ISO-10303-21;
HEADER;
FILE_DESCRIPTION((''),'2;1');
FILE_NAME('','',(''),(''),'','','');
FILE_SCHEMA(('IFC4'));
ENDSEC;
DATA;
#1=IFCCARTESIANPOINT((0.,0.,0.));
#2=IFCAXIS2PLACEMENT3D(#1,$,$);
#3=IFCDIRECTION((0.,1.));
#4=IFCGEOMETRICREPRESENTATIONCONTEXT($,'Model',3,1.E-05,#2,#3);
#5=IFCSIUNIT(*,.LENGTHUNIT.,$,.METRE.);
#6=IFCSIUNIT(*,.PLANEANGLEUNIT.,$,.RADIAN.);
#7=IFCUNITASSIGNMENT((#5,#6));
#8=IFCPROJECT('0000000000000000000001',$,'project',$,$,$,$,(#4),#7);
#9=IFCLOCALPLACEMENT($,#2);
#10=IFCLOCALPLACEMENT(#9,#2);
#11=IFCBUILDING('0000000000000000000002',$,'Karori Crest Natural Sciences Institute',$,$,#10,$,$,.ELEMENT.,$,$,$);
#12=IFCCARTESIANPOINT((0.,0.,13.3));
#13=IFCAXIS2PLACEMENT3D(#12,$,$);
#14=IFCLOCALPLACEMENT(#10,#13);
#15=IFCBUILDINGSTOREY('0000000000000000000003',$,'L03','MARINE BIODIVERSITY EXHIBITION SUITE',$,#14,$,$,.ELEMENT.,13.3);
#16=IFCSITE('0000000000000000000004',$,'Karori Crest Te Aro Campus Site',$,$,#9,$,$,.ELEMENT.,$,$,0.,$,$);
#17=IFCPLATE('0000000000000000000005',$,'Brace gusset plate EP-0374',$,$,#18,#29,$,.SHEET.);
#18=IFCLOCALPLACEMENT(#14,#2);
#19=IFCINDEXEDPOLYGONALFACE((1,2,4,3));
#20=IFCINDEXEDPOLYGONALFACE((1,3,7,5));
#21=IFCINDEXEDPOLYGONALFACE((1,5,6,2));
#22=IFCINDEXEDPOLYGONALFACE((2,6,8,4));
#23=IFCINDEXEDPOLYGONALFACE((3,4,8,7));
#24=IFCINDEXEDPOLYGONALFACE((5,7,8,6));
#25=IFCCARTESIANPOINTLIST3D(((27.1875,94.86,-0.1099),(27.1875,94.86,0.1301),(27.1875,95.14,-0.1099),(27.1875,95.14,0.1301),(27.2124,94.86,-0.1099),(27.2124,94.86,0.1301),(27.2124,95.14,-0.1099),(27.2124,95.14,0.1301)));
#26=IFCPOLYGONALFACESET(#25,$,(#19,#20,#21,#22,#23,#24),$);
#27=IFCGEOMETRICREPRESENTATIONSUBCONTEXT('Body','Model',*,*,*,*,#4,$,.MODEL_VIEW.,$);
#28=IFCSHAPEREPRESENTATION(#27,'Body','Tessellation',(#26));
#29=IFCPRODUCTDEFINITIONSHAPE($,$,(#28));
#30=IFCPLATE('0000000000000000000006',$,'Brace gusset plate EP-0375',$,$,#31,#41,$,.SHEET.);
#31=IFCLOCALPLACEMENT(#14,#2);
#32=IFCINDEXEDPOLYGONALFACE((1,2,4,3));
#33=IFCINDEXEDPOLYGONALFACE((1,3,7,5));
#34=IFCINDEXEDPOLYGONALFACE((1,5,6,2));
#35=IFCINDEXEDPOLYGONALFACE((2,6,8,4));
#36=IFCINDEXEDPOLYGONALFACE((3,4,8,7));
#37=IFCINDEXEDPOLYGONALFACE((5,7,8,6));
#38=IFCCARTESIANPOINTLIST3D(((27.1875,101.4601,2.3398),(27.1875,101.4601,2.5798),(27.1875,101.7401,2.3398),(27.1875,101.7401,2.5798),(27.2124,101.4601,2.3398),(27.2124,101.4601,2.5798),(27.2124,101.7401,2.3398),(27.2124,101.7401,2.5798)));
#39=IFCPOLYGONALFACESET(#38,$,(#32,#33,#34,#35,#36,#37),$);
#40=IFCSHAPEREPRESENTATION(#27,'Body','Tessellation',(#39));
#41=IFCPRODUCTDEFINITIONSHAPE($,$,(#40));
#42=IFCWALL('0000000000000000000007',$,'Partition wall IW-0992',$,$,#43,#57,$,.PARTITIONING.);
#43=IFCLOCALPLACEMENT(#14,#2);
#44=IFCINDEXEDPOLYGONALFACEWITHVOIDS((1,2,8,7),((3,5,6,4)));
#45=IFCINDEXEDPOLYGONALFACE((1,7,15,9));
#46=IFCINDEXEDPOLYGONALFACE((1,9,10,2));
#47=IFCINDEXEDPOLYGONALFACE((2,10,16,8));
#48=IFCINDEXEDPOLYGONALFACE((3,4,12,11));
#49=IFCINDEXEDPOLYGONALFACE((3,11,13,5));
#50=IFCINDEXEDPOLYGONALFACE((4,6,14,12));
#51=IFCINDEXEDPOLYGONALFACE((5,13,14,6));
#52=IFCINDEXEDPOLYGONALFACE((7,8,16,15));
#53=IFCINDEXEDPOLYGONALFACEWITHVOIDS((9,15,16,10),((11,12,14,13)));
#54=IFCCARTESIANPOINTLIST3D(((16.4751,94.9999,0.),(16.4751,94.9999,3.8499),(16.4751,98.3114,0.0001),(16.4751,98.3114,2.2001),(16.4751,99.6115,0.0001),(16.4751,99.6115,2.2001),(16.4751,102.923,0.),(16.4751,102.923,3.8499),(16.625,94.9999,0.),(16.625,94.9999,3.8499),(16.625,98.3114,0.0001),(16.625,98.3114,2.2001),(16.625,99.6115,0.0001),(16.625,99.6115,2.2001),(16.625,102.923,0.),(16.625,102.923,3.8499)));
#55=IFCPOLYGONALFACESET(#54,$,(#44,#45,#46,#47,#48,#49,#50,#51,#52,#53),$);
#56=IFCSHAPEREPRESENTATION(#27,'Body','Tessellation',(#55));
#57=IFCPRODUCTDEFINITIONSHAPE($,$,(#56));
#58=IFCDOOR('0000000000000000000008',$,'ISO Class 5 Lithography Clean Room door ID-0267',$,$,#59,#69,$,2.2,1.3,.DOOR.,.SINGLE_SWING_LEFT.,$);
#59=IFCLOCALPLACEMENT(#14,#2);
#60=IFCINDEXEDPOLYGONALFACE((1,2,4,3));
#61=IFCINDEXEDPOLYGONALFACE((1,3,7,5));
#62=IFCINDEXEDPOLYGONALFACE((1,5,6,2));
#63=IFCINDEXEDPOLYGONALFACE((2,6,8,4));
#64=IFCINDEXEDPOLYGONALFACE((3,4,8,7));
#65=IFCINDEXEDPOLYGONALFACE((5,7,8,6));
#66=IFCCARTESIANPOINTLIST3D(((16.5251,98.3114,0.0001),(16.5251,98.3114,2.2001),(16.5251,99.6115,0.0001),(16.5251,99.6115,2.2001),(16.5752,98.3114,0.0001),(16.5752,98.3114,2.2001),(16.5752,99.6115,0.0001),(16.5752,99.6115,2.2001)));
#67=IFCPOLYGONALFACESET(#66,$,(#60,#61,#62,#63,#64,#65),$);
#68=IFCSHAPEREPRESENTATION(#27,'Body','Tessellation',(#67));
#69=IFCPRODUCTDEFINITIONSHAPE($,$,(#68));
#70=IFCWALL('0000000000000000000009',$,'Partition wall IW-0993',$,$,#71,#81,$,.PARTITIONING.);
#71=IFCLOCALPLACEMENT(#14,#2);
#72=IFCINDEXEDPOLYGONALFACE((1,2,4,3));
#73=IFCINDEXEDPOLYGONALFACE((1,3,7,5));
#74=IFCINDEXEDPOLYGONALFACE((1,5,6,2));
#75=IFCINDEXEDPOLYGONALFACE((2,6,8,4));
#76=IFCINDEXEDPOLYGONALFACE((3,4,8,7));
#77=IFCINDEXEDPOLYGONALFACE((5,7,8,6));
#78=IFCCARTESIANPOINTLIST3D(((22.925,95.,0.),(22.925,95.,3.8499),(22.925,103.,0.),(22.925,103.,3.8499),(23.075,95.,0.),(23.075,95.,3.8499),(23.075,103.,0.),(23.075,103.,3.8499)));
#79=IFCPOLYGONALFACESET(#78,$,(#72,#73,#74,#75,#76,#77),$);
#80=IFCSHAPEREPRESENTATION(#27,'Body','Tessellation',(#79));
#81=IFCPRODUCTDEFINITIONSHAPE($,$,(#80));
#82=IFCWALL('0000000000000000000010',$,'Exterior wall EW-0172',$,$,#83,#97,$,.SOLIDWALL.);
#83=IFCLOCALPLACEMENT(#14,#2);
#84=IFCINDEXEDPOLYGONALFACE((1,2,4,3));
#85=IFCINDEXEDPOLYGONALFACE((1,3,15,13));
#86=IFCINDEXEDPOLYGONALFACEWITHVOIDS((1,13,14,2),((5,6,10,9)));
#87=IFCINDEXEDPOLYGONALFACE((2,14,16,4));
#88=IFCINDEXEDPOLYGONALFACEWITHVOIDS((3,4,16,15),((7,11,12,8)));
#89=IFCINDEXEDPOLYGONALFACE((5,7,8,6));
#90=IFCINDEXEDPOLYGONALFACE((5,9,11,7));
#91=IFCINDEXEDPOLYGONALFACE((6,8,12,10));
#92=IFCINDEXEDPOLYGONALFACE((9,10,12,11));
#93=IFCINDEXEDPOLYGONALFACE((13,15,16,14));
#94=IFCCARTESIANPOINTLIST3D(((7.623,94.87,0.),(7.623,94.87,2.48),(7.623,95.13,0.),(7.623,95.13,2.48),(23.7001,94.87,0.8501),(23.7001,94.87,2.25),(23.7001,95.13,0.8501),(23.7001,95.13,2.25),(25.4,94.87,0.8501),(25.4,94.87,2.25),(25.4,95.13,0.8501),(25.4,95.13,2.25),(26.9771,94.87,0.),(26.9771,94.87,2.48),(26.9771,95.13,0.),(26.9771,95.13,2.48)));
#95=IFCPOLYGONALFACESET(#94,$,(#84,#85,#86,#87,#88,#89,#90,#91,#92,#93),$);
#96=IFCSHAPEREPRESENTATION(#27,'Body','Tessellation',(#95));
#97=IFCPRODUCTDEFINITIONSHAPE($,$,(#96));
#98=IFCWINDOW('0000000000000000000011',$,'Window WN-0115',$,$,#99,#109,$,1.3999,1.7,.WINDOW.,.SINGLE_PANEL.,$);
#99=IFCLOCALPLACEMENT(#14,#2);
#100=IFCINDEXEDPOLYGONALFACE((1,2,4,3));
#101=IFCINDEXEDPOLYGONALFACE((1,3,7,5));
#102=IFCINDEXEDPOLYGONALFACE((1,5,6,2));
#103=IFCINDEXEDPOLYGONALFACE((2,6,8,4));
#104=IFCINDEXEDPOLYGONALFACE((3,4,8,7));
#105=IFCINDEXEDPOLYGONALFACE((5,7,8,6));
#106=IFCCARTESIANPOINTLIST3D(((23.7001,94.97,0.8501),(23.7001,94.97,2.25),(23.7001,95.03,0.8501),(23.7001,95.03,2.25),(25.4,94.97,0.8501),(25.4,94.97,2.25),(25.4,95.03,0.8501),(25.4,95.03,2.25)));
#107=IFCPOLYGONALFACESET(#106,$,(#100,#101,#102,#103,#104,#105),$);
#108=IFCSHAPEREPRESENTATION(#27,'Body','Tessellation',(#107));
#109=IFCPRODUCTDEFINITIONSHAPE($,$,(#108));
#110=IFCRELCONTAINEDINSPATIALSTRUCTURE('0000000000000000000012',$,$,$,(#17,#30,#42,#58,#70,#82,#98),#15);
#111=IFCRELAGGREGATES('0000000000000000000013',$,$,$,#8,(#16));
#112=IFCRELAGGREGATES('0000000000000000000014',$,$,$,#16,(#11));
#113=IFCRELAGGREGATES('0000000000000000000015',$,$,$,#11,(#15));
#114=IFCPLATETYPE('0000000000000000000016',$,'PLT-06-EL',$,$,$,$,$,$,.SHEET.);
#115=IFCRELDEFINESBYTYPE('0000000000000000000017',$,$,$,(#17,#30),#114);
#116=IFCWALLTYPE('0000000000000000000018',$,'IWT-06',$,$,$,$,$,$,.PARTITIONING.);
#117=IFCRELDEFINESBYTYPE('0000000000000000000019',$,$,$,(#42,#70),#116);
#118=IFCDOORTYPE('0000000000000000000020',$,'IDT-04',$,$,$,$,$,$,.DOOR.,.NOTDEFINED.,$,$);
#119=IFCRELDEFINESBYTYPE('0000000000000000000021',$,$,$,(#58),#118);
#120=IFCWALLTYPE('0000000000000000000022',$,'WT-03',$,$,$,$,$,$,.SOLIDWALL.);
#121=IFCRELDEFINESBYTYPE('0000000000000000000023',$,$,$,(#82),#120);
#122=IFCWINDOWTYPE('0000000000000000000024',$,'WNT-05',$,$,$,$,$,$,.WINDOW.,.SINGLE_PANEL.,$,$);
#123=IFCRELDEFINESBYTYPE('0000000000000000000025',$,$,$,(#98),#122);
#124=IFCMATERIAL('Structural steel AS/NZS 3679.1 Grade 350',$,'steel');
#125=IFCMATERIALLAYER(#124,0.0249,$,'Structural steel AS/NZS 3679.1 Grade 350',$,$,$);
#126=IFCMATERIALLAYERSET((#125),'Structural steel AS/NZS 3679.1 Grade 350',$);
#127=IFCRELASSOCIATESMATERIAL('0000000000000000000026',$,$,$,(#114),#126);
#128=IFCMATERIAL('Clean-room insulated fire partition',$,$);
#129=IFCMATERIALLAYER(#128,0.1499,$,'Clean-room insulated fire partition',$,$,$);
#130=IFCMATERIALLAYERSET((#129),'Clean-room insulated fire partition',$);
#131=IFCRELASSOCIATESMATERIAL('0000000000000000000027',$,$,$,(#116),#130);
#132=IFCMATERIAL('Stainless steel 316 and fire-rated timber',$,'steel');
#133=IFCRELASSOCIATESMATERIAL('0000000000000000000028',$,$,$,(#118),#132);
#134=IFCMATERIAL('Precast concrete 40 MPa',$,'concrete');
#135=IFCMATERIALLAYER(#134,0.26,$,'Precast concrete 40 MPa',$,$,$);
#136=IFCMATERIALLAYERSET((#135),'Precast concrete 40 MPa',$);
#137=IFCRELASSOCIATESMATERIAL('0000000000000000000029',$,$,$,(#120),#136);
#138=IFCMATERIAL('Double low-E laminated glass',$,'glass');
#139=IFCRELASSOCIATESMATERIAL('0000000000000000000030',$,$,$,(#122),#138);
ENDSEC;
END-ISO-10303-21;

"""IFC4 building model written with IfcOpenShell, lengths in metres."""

from ifc_helpers import new_model, si_unit, direction, frame, frame_2d, origin, origin_2d, place, context, subcontext, project, spatial, rectangle, extrude, material, layer, layer_set, type_object, element, fill, save


model = new_model("IFC4")

# Units and contexts
model_context = context("Model", 3, precision=1e-05, world=origin(), true_north=direction((0.0, 1.0)))
body_context = subcontext(model_context, "Body", "Model", "MODEL_VIEW")
ifc_project = project(units=[si_unit("LENGTHUNIT", "METRE"), si_unit("PLANEANGLEUNIT", "RADIAN")], contexts=[model_context])

# Site, building, storey
site_placement = place(None, origin())
site = spatial("IfcSite", under=ifc_project, at=site_placement, Name="Karori Crest Te Aro Campus Site", CompositionType="ELEMENT", RefElevation=0.0)
building_placement = place(site_placement, origin())
building = spatial("IfcBuilding", under=site, at=building_placement, Name="Karori Crest Natural Sciences Institute", CompositionType="ELEMENT")
storey_placement = place(building_placement, frame((0.0, 0.0, 13.3)))
storey = spatial("IfcBuildingStorey", under=building, at=storey_placement, Name="L03", Description="MARINE BIODIVERSITY EXHIBITION SUITE", CompositionType="ELEMENT", Elevation=13.3)

# Plates
ifc_material_1 = material(Name="Structural steel AS/NZS 3679.1 Grade 350", Category="steel")
ifc_layer_1 = layer(ifc_material_1, 0.0249, Name="Structural steel AS/NZS 3679.1 Grade 350")
ifc_layer_set_1 = layer_set([ifc_layer_1], Name="Structural steel AS/NZS 3679.1 Grade 350")
plate_type = type_object("IfcPlateType", Name="PLT-06-EL", PredefinedType="SHEET", material=ifc_layer_set_1)
for number, where, z_axis, x_axis, name in (
    (1, (27.2, 95.0, -0.1099), (0.0, 0.0, 1.0), (0.0, 1.0, 0.0), "Brace gusset plate EP-0374"),
    (2, (27.2, 101.6001, 2.3398), (0.0, 0.0, 1.0), (0.0, 1.0, 0.0), "Brace gusset plate EP-0375"),
):
    element("IfcPlate", number, at=place(storey_placement, frame(where, z_axis=z_axis, x_axis=x_axis)), inside=storey, type_object=plate_type, Name=name, PredefinedType="SHEET", context=body_context, shape_type="SweptSolid", body=[
        extrude(rectangle(XDim=0.28, YDim=0.0249, at=origin_2d()), origin(), (0.0, 0.0, 1.0), 0.24),
    ])

# Wall, opening, door
ifc_material_2 = material(Name="Clean-room insulated fire partition")
ifc_layer_2 = layer(ifc_material_2, 0.1499, Name="Clean-room insulated fire partition")
ifc_layer_set_2 = layer_set([ifc_layer_2], Name="Clean-room insulated fire partition")
wall_type_1 = type_object("IfcWallType", Name="IWT-06", PredefinedType="PARTITIONING", material=ifc_layer_set_2)
wall_1_placement = place(storey_placement, frame((16.55, 95.0, 0.0), z_axis=(0.0, 0.0, 1.0), x_axis=(0.0, 1.0, 0.0)))
wall_1 = element("IfcWall", 3, at=wall_1_placement, inside=storey, type_object=wall_type_1, Name="Partition wall IW-0992", PredefinedType="PARTITIONING", context=body_context, shape_type="SweptSolid", body=[
    extrude(rectangle(XDim=7.9231, YDim=0.1499, at=frame_2d((3.9614, 0.0))), origin(), (0.0, 0.0, 1.0), 3.8499),
])
opening_1_placement = place(wall_1_placement, frame((3.3115, 0.0, 0.0)))
opening_1 = element("IfcOpeningElement", 4, at=opening_1_placement, cuts=wall_1, PredefinedType="OPENING", context=body_context, shape_type="SweptSolid", body=[
    extrude(rectangle(XDim=1.3, YDim=2.2, at=frame_2d((0.6499, 1.1001))), frame((0.0, 0.085, 0.0), z_axis=(0.0, -1.0, 0.0), x_axis=(1.0, 0.0, 0.0)), (0.0, 0.0, 1.0), 0.1699),
])
ifc_material_3 = material(Name="Stainless steel 316 and fire-rated timber", Category="steel")
door_type = type_object("IfcDoorType", Name="IDT-04", OperationType="NOTDEFINED", PredefinedType="DOOR", material=ifc_material_3)
door_placement = place(opening_1_placement, origin())
door = element("IfcDoor", 5, at=door_placement, inside=storey, type_object=door_type, Name="ISO Class 5 Lithography Clean Room door ID-0267", OperationType="SINGLE_SWING_LEFT", OverallHeight=2.2, OverallWidth=1.3, PredefinedType="DOOR", context=body_context, shape_type="SweptSolid", body=[
    extrude(rectangle(XDim=1.3, YDim=2.2, at=frame_2d((0.6499, 1.1001))), frame((0.0, 0.0249, 0.0), z_axis=(0.0, -1.0, 0.0), x_axis=(1.0, 0.0, 0.0)), (0.0, 0.0, 1.0), 0.05),
])
fill(opening_1, door)

# Wall
wall_2_placement = place(storey_placement, frame((23.0, 95.0, 0.0), z_axis=(0.0, 0.0, 1.0), x_axis=(0.0, 1.0, 0.0)))
element("IfcWall", 6, at=wall_2_placement, inside=storey, type_object=wall_type_1, Name="Partition wall IW-0993", PredefinedType="PARTITIONING", context=body_context, shape_type="SweptSolid", body=[
    extrude(rectangle(XDim=8.0, YDim=0.1499, at=frame_2d((4.0, 0.0))), origin(), (0.0, 0.0, 1.0), 3.8499),
])

# Wall, opening, window
ifc_material_4 = material(Name="Precast concrete 40 MPa", Category="concrete")
ifc_layer_3 = layer(ifc_material_4, 0.26, Name="Precast concrete 40 MPa")
ifc_layer_set_3 = layer_set([ifc_layer_3], Name="Precast concrete 40 MPa")
wall_type_2 = type_object("IfcWallType", Name="WT-03", PredefinedType="SOLIDWALL", material=ifc_layer_set_3)
wall_3_placement = place(storey_placement, frame((26.9771, 95.0, 0.0), z_axis=(0.0, 0.0, 1.0), x_axis=(-1.0, 0.0, 0.0)))
wall_3 = element("IfcWall", 7, at=wall_3_placement, inside=storey, type_object=wall_type_2, Name="Exterior wall EW-0172", PredefinedType="SOLIDWALL", context=body_context, shape_type="SweptSolid", body=[
    extrude(rectangle(XDim=19.354, YDim=0.26, at=frame_2d((9.677, 0.0))), origin(), (0.0, 0.0, 1.0), 2.48),
])
opening_2_placement = place(wall_3_placement, frame((1.5769, 0.0, 0.8501)))
opening_2 = element("IfcOpeningElement", 8, at=opening_2_placement, cuts=wall_3, PredefinedType="OPENING", context=body_context, shape_type="SweptSolid", body=[
    extrude(rectangle(XDim=1.7, YDim=1.3999, at=frame_2d((0.8501, 0.7))), frame((0.0, 0.1401, 0.0), z_axis=(0.0, -1.0, 0.0), x_axis=(1.0, 0.0, 0.0)), (0.0, 0.0, 1.0), 0.28),
])
ifc_material_5 = material(Name="Double low-E laminated glass", Category="glass")
window_type = type_object("IfcWindowType", Name="WNT-05", PartitioningType="SINGLE_PANEL", PredefinedType="WINDOW", material=ifc_material_5)
window_placement = place(opening_2_placement, origin())
window = element("IfcWindow", 9, at=window_placement, inside=storey, type_object=window_type, Name="Window WN-0115", OverallHeight=1.3999, OverallWidth=1.7, PartitioningType="SINGLE_PANEL", PredefinedType="WINDOW", context=body_context, shape_type="SweptSolid", body=[
    extrude(rectangle(XDim=1.7, YDim=1.3999, at=frame_2d((0.8501, 0.7))), frame((0.0, 0.03, 0.0), z_axis=(0.0, -1.0, 0.0), x_axis=(1.0, 0.0, 0.0)), (0.0, 0.0, 1.0), 0.0601),
])
fill(opening_2, window)

save(model, "model.ifc")
